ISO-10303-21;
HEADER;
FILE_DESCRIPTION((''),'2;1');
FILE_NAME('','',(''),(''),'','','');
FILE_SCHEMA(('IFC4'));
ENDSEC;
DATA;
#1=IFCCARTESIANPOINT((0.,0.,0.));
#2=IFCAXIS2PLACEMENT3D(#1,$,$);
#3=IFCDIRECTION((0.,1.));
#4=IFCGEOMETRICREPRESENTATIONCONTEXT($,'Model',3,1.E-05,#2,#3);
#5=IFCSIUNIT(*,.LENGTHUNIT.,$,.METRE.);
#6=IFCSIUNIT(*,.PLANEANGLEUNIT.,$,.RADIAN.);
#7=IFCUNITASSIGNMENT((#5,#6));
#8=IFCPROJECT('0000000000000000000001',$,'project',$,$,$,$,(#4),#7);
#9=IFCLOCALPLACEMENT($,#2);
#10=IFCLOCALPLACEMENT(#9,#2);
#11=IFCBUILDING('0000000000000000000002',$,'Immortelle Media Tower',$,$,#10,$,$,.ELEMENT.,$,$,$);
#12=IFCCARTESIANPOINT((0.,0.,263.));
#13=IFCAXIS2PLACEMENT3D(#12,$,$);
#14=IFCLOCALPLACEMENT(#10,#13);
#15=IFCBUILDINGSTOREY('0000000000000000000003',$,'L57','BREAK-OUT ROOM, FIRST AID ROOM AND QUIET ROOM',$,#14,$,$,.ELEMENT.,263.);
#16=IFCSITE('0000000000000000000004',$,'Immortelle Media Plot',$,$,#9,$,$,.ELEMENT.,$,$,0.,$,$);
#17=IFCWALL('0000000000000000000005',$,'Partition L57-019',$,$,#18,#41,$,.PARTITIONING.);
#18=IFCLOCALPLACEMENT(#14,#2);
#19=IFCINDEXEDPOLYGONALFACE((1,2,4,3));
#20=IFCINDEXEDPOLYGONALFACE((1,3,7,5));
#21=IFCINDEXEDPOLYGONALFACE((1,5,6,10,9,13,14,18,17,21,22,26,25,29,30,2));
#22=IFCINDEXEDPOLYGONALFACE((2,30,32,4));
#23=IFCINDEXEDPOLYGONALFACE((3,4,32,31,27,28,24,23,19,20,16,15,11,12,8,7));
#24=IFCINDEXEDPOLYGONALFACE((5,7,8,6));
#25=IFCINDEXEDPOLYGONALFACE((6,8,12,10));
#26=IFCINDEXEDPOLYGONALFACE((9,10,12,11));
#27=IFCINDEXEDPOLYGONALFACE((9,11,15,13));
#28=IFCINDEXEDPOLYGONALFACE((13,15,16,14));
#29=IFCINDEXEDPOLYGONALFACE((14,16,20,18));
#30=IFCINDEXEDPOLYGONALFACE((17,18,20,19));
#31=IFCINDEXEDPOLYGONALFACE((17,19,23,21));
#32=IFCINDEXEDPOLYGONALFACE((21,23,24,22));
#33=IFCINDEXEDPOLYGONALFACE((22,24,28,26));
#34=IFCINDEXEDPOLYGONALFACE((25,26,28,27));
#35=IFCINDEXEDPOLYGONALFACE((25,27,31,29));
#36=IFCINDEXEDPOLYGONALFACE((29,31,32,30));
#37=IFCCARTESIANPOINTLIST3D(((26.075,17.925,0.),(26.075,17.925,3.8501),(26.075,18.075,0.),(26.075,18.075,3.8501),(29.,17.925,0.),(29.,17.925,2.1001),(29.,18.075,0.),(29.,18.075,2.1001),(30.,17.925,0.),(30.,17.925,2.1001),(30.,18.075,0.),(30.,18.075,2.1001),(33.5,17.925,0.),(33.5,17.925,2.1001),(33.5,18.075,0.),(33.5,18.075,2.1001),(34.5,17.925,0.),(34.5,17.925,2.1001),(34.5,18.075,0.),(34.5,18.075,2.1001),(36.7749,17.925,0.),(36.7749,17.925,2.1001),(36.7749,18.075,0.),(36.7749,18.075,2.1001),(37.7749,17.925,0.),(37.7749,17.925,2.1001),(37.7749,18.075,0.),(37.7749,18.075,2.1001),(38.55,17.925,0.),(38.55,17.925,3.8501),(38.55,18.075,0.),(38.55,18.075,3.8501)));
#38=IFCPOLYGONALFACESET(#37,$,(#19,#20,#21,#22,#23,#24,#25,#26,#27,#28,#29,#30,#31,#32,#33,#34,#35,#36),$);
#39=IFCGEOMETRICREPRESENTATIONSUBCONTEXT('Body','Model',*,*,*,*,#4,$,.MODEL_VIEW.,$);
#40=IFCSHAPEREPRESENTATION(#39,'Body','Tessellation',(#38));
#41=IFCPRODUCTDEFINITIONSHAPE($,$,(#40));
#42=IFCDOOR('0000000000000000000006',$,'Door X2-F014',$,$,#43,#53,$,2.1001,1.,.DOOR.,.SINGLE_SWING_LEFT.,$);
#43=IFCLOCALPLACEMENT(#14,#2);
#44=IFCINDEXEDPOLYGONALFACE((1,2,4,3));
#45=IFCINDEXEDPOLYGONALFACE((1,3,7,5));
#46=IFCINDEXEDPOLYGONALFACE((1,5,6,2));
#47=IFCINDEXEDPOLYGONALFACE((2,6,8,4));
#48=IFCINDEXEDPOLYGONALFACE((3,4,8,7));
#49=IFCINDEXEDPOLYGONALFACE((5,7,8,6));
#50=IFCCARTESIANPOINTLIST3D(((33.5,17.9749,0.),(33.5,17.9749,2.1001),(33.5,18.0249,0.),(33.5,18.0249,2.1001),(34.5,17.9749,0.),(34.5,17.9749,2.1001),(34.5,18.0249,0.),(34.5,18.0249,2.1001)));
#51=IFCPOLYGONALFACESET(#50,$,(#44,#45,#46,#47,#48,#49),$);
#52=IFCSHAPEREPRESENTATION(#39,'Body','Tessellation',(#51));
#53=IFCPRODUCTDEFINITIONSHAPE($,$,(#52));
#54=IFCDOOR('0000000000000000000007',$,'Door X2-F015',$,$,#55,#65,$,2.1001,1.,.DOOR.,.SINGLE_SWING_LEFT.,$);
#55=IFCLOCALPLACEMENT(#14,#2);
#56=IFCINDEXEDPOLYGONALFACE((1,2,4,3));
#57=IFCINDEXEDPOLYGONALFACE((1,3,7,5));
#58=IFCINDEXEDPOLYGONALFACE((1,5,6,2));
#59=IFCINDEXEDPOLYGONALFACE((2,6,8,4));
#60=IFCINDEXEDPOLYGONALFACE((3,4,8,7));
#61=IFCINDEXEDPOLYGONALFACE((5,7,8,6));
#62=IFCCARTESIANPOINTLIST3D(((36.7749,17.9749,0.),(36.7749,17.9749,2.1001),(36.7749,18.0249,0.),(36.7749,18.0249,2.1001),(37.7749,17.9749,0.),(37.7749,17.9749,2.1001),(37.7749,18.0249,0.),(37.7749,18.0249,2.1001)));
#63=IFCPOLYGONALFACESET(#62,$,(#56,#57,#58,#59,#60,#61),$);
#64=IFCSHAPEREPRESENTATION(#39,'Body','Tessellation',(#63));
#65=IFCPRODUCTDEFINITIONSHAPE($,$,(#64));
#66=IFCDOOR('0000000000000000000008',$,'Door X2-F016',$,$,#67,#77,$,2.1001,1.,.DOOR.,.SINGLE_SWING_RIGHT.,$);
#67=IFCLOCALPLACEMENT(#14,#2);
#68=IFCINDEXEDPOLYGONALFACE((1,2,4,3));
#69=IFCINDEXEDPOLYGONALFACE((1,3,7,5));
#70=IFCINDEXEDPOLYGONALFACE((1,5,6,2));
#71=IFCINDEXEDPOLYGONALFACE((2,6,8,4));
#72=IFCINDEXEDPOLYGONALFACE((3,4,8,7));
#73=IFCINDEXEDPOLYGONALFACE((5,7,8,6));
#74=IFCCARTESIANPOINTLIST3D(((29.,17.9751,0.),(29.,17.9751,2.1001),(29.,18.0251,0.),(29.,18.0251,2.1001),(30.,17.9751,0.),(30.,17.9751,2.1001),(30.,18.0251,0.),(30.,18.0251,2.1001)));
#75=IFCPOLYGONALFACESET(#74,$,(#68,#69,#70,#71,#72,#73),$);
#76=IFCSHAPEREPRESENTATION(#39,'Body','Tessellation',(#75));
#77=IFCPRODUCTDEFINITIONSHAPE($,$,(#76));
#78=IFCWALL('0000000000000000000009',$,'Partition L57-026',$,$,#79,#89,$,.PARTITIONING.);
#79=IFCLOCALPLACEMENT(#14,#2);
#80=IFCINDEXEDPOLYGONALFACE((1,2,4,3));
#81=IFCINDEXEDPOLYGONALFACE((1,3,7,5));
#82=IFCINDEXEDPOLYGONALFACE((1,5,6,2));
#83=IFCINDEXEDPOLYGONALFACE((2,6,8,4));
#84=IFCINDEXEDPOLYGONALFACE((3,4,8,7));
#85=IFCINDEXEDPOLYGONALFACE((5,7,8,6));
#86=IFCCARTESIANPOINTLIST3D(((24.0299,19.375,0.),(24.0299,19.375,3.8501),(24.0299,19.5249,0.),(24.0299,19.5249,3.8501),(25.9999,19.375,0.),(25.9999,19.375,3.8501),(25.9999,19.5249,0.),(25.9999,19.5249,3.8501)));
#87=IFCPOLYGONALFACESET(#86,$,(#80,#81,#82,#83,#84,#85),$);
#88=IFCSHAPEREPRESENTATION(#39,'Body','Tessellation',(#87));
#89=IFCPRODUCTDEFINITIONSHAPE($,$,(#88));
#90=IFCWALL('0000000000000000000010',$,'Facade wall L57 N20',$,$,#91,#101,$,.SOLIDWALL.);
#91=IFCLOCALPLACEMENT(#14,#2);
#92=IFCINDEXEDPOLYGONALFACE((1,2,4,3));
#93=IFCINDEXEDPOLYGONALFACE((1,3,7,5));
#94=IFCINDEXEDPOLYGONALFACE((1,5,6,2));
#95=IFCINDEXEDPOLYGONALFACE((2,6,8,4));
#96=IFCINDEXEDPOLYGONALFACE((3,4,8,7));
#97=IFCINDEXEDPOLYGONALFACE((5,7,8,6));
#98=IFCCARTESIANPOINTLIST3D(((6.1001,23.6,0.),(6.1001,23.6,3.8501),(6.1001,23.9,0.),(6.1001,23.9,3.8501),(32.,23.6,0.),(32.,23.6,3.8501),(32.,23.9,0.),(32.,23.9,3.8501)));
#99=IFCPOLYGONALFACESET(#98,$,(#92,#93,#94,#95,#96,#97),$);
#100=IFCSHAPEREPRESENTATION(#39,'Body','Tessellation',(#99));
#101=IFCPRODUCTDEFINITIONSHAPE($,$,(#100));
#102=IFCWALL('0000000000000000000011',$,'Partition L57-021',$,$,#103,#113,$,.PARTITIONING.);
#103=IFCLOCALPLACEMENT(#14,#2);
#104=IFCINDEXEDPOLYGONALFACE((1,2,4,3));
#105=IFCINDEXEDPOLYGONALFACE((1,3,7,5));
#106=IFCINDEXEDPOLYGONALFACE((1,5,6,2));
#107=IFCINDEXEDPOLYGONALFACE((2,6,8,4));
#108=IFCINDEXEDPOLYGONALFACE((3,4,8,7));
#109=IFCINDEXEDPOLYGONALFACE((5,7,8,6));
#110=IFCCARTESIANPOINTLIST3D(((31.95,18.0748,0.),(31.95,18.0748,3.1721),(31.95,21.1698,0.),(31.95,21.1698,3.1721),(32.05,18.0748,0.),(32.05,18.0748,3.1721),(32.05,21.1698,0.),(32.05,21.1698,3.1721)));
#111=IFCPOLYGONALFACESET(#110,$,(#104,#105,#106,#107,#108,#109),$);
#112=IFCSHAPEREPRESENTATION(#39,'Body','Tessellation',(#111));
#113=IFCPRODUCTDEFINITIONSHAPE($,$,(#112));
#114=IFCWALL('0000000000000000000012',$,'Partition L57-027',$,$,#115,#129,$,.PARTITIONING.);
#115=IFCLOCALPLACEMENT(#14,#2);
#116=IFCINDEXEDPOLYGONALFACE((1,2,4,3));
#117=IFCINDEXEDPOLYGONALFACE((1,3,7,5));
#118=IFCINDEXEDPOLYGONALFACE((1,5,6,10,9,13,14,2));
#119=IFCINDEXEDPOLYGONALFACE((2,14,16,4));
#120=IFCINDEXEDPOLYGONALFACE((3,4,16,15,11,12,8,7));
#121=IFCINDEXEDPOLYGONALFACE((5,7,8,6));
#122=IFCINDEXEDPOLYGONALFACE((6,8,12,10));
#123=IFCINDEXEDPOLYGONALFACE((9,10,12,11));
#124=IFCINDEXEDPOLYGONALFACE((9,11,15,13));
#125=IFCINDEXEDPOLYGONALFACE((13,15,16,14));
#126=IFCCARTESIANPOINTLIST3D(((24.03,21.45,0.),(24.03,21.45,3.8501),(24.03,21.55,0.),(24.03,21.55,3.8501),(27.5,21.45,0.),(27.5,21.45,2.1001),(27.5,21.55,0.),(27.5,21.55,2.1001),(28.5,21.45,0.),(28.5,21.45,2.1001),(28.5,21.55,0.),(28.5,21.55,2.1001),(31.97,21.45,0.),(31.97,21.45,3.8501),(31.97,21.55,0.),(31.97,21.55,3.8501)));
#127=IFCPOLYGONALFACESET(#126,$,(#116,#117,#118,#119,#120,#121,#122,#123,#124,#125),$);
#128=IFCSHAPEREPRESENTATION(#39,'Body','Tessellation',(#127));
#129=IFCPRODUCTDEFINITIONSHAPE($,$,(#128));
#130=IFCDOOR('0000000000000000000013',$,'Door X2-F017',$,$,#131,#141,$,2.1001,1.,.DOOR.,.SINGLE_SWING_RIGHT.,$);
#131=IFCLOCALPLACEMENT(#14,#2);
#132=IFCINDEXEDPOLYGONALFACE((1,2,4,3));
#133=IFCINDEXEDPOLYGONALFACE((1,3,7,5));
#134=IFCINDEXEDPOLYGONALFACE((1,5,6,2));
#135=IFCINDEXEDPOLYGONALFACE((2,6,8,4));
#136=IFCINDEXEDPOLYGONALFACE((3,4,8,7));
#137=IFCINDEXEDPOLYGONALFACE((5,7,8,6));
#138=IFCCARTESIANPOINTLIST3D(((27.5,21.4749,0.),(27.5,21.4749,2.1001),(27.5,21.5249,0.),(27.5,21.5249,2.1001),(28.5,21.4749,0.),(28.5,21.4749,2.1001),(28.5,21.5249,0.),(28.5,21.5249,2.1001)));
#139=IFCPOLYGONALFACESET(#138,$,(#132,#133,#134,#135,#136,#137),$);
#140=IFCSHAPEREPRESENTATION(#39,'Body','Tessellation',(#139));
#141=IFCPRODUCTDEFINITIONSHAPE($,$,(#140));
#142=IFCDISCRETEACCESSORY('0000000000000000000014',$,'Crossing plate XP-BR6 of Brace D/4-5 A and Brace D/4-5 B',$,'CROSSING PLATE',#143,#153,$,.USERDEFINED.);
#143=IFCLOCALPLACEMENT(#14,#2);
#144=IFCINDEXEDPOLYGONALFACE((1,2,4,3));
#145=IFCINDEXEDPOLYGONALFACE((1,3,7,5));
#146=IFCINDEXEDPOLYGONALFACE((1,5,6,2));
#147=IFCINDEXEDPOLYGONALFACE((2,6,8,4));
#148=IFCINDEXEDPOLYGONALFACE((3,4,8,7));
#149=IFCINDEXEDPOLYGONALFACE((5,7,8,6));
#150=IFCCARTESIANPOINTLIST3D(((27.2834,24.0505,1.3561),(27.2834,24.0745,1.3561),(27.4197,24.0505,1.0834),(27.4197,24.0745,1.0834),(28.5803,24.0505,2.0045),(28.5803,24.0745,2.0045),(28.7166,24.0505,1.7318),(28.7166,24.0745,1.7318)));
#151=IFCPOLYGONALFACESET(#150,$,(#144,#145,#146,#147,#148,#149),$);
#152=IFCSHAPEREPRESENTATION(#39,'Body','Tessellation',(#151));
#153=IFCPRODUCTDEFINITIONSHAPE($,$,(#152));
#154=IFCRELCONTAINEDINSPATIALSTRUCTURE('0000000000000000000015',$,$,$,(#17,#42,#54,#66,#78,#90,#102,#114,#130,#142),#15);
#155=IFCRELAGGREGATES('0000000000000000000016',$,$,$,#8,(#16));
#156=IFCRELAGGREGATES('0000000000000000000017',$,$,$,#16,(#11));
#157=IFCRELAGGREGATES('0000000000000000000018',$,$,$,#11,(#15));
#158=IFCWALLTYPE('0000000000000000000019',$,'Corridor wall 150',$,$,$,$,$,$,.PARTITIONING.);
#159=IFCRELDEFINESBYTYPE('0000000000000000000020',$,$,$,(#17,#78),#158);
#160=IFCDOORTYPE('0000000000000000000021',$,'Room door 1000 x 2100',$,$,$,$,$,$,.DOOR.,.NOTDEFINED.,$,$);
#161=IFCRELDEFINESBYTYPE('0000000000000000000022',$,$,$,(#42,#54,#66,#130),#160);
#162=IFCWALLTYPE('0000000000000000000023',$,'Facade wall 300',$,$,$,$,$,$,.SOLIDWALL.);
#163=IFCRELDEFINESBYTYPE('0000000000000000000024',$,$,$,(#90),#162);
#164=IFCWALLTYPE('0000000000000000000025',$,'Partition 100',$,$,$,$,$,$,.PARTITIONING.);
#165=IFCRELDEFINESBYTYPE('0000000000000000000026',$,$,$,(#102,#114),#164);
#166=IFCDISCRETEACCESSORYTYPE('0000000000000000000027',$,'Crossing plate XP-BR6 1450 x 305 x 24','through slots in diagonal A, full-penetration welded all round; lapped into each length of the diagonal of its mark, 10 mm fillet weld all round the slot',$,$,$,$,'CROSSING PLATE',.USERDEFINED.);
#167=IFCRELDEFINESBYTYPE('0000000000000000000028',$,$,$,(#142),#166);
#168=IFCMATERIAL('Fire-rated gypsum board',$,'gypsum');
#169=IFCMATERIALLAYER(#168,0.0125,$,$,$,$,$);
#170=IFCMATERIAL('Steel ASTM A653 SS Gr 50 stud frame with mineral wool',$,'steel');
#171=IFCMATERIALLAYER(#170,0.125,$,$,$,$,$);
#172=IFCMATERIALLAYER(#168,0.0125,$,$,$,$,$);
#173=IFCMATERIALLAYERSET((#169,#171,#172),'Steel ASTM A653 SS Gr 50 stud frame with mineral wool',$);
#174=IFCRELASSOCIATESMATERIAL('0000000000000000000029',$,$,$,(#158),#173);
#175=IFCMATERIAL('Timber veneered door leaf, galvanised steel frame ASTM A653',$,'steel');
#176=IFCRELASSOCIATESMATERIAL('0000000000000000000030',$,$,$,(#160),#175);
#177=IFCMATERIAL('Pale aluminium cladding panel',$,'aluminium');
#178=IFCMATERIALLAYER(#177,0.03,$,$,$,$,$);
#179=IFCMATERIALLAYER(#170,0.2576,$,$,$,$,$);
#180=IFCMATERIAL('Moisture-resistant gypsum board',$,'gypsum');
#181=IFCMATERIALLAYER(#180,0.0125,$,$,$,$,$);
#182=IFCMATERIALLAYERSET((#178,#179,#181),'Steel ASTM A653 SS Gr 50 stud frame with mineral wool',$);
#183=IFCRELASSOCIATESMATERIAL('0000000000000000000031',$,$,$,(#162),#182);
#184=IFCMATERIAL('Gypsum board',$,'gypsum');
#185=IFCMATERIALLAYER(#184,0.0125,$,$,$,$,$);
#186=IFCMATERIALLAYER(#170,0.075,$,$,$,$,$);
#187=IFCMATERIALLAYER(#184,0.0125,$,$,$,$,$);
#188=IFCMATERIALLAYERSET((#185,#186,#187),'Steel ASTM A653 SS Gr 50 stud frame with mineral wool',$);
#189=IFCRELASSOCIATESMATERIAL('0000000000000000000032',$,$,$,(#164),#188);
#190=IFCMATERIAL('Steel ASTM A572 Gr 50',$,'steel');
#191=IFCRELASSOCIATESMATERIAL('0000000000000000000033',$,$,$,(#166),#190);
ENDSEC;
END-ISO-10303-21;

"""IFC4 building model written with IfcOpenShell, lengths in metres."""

from ifc_helpers import new_model, si_unit, direction, frame, frame_2d, origin, origin_2d, place, context, subcontext, project, spatial, rectangle, extrude, material, layer, layer_set, material_profile, profile_set, type_object, element, fill, save


model = new_model("IFC4")

# Units and contexts
model_context = context("Model", 3, precision=1e-05, world=origin(), true_north=direction((0.0, 1.0)))
body_context = subcontext(model_context, "Body", "Model", "MODEL_VIEW")
ifc_project = project(units=[si_unit("LENGTHUNIT", "METRE"), si_unit("PLANEANGLEUNIT", "RADIAN")], contexts=[model_context])

# Site, building, storey
site_placement = place(None, origin())
site = spatial("IfcSite", under=ifc_project, at=site_placement, Name="Immortelle Media Plot", CompositionType="ELEMENT", RefElevation=0.0)
building_placement = place(site_placement, origin())
building = spatial("IfcBuilding", under=site, at=building_placement, Name="Immortelle Media Tower", CompositionType="ELEMENT")
storey_placement = place(building_placement, frame((0.0, 0.0, 263.0)))
storey = spatial("IfcBuildingStorey", under=building, at=storey_placement, Name="L57", Description="BREAK-OUT ROOM, FIRST AID ROOM AND QUIET ROOM", CompositionType="ELEMENT", Elevation=263.0)

# Shared definitions
ifc_material_1 = material(Name="Fire-rated gypsum board", Category="gypsum")
ifc_material_2 = material(Name="Steel ASTM A653 SS Gr 50 stud frame with mineral wool", Category="steel")

# Wall, openings, doors
ifc_layer_1 = layer(ifc_material_1, 0.0125)
ifc_layer_2 = layer(ifc_material_2, 0.125)
ifc_layer_3 = layer(ifc_material_1, 0.0125)
ifc_layer_set_1 = layer_set([ifc_layer_1, ifc_layer_2, ifc_layer_3], Name="Steel ASTM A653 SS Gr 50 stud frame with mineral wool")
wall_type_1 = type_object("IfcWallType", Name="Corridor wall 150", PredefinedType="PARTITIONING", material=ifc_layer_set_1)
wall_1_placement = place(storey_placement, frame((26.075, 18.0, 0.0), z_axis=(0.0, 0.0, 1.0), x_axis=(1.0, 0.0, 0.0)))
wall_1 = element("IfcWall", 1, at=wall_1_placement, inside=storey, type_object=wall_type_1, Name="Partition L57-019", PredefinedType="PARTITIONING", context=body_context, shape_type="SweptSolid", body=[
    extrude(rectangle(XDim=12.4751, YDim=0.1499, at=frame_2d((6.2375, 0.0))), origin(), (0.0, 0.0, 1.0), 3.8501),
])
opening_1_placement = place(wall_1_placement, frame((7.425, 0.0, 0.0)))
opening_1 = element("IfcOpeningElement", 2, at=opening_1_placement, cuts=wall_1, PredefinedType="OPENING", context=body_context, shape_type="SweptSolid", body=[
    extrude(rectangle(XDim=1.0, YDim=2.1001, at=frame_2d((0.5, 1.05))), frame((0.0, 0.085, 0.0), z_axis=(0.0, -1.0, 0.0), x_axis=(1.0, 0.0, 0.0)), (0.0, 0.0, 1.0), 0.1699),
])
opening_2_placement = place(wall_1_placement, frame((10.7, 0.0, 0.0)))
opening_2 = element("IfcOpeningElement", 3, at=opening_2_placement, cuts=wall_1, PredefinedType="OPENING", context=body_context, shape_type="SweptSolid", body=[
    extrude(rectangle(XDim=1.0, YDim=2.1001, at=frame_2d((0.5, 1.05))), frame((0.0, 0.085, 0.0), z_axis=(0.0, -1.0, 0.0), x_axis=(1.0, 0.0, 0.0)), (0.0, 0.0, 1.0), 0.1699),
])
opening_3_placement = place(wall_1_placement, frame((3.925, 0.0, 0.0), z_axis=(0.0, 0.0, 1.0), x_axis=(-1.0, 0.0, 0.0)))
opening_3 = element("IfcOpeningElement", 4, at=opening_3_placement, cuts=wall_1, PredefinedType="OPENING", context=body_context, shape_type="SweptSolid", body=[
    extrude(rectangle(XDim=1.0, YDim=2.1001, at=frame_2d((0.5, 1.05))), frame((0.0, 0.085, 0.0), z_axis=(0.0, -1.0, 0.0), x_axis=(1.0, 0.0, 0.0)), (0.0, 0.0, 1.0), 0.1699),
])
ifc_material_3 = material(Name="Timber veneered door leaf, galvanised steel frame ASTM A653", Category="steel")
door_type = type_object("IfcDoorType", Name="Room door 1000 x 2100", OperationType="NOTDEFINED", PredefinedType="DOOR", material=ifc_material_3)
door_1_placement = place(opening_1_placement, origin())
door_1 = element("IfcDoor", 5, at=door_1_placement, inside=storey, type_object=door_type, Name="Door X2-F014", OperationType="SINGLE_SWING_LEFT", OverallHeight=2.1001, OverallWidth=1.0, PredefinedType="DOOR", context=body_context, shape_type="SweptSolid", body=[
    extrude(rectangle(XDim=1.0, YDim=2.1001, at=frame_2d((0.5, 1.05))), frame((0.0, 0.0249, 0.0), z_axis=(0.0, -1.0, 0.0), x_axis=(1.0, 0.0, 0.0)), (0.0, 0.0, 1.0), 0.05),
])
fill(opening_1, door_1)
door_2_placement = place(opening_2_placement, origin())
door_2 = element("IfcDoor", 6, at=door_2_placement, inside=storey, type_object=door_type, Name="Door X2-F015", OperationType="SINGLE_SWING_LEFT", OverallHeight=2.1001, OverallWidth=1.0, PredefinedType="DOOR", context=body_context, shape_type="SweptSolid", body=[
    extrude(rectangle(XDim=1.0, YDim=2.1001, at=frame_2d((0.5, 1.05))), frame((0.0, 0.0249, 0.0), z_axis=(0.0, -1.0, 0.0), x_axis=(1.0, 0.0, 0.0)), (0.0, 0.0, 1.0), 0.05),
])
fill(opening_2, door_2)
door_3_placement = place(opening_3_placement, origin())
door_3 = element("IfcDoor", 7, at=door_3_placement, inside=storey, type_object=door_type, Name="Door X2-F016", OperationType="SINGLE_SWING_RIGHT", OverallHeight=2.1001, OverallWidth=1.0, PredefinedType="DOOR", context=body_context, shape_type="SweptSolid", body=[
    extrude(rectangle(XDim=1.0, YDim=2.1001, at=frame_2d((0.5, 1.05))), frame((0.0, 0.0249, 0.0), z_axis=(0.0, -1.0, 0.0), x_axis=(1.0, 0.0, 0.0)), (0.0, 0.0, 1.0), 0.05),
])
fill(opening_3, door_3)

# Walls
wall_2_placement = place(storey_placement, frame((24.03, 19.45, 0.0), z_axis=(0.0, 0.0, 1.0), x_axis=(1.0, 0.0, 0.0)))
element("IfcWall", 8, at=wall_2_placement, inside=storey, type_object=wall_type_1, Name="Partition L57-026", PredefinedType="PARTITIONING", context=body_context, shape_type="SweptSolid", body=[
    extrude(rectangle(XDim=1.97, YDim=0.1499, at=frame_2d((0.9849, 0.0))), origin(), (0.0, 0.0, 1.0), 3.8501),
])
ifc_material_4 = material(Name="Pale aluminium cladding panel", Category="aluminium")
ifc_layer_4 = layer(ifc_material_4, 0.03)
ifc_layer_5 = layer(ifc_material_2, 0.2576)
ifc_material_5 = material(Name="Moisture-resistant gypsum board", Category="gypsum")
ifc_layer_6 = layer(ifc_material_5, 0.0125)
ifc_layer_set_2 = layer_set([ifc_layer_4, ifc_layer_5, ifc_layer_6], Name="Steel ASTM A653 SS Gr 50 stud frame with mineral wool")
wall_type_2 = type_object("IfcWallType", Name="Facade wall 300", PredefinedType="SOLIDWALL", material=ifc_layer_set_2)
wall_3_placement = place(storey_placement, frame((32.0, 23.75, 0.0), z_axis=(0.0, 0.0, 1.0), x_axis=(-1.0, 0.0, 0.0)))
element("IfcWall", 9, at=wall_3_placement, inside=storey, type_object=wall_type_2, Name="Facade wall L57 N20", PredefinedType="SOLIDWALL", context=body_context, shape_type="SweptSolid", body=[
    extrude(rectangle(XDim=25.8999, YDim=0.3, at=frame_2d((12.95, 0.0))), origin(), (0.0, 0.0, 1.0), 3.8501),
])
ifc_material_6 = material(Name="Gypsum board", Category="gypsum")
ifc_layer_7 = layer(ifc_material_6, 0.0125)
ifc_layer_8 = layer(ifc_material_2, 0.075)
ifc_layer_9 = layer(ifc_material_6, 0.0125)
ifc_layer_set_3 = layer_set([ifc_layer_7, ifc_layer_8, ifc_layer_9], Name="Steel ASTM A653 SS Gr 50 stud frame with mineral wool")
wall_type_3 = type_object("IfcWallType", Name="Partition 100", PredefinedType="PARTITIONING", material=ifc_layer_set_3)
wall_4_placement = place(storey_placement, frame((32.0, 18.075, 0.0), z_axis=(0.0, 0.0, 1.0), x_axis=(0.0, 1.0, 0.0)))
element("IfcWall", 10, at=wall_4_placement, inside=storey, type_object=wall_type_3, Name="Partition L57-021", PredefinedType="PARTITIONING", context=body_context, shape_type="SweptSolid", body=[
    extrude(rectangle(XDim=3.095, YDim=0.1001, at=frame_2d((1.5474, 0.0))), origin(), (0.0, 0.0, 1.0), 3.1721),
])

# Wall, opening, door
wall_5_placement = place(storey_placement, frame((24.03, 21.5, 0.0), z_axis=(0.0, 0.0, 1.0), x_axis=(1.0, 0.0, 0.0)))
wall_5 = element("IfcWall", 11, at=wall_5_placement, inside=storey, type_object=wall_type_3, Name="Partition L57-027", PredefinedType="PARTITIONING", context=body_context, shape_type="SweptSolid", body=[
    extrude(rectangle(XDim=7.9399, YDim=0.1001, at=frame_2d((3.97, 0.0))), origin(), (0.0, 0.0, 1.0), 3.8501),
])
opening_4_placement = place(wall_5_placement, frame((3.47, 0.0, 0.0)))
opening_4 = element("IfcOpeningElement", 12, at=opening_4_placement, cuts=wall_5, PredefinedType="OPENING", context=body_context, shape_type="SweptSolid", body=[
    extrude(rectangle(XDim=1.0, YDim=2.1001, at=frame_2d((0.5, 1.05))), frame((0.0, 0.0601, 0.0), z_axis=(0.0, -1.0, 0.0), x_axis=(1.0, 0.0, 0.0)), (0.0, 0.0, 1.0), 0.1201),
])
door_4_placement = place(opening_4_placement, origin())
door_4 = element("IfcDoor", 13, at=door_4_placement, inside=storey, type_object=door_type, Name="Door X2-F017", OperationType="SINGLE_SWING_RIGHT", OverallHeight=2.1001, OverallWidth=1.0, PredefinedType="DOOR", context=body_context, shape_type="SweptSolid", body=[
    extrude(rectangle(XDim=1.0, YDim=2.1001, at=frame_2d((0.5, 1.05))), frame((0.0, 0.0249, 0.0), z_axis=(0.0, -1.0, 0.0), x_axis=(1.0, 0.0, 0.0)), (0.0, 0.0, 1.0), 0.05),
])
fill(opening_4, door_4)

# Discrete accessory
ifc_material_7 = material(Name="Steel ASTM A572 Gr 50", Category="steel")
ifc_material_profile_1 = material_profile(ifc_material_7, rectangle(XDim=0.0239, YDim=0.3049, at=origin_2d()), Name="PL 24 x 305")
ifc_profile_set_1 = profile_set([ifc_material_profile_1], Name="Steel ASTM A572 Gr 50")
discrete_accessory_type_1 = type_object("IfcDiscreteAccessoryType", Name="Crossing plate XP-BR6 1450 x 305 x 24", Description="through slots in diagonal A, full-penetration welded all round; lapped into each length of the diagonal of its mark, 10 mm fillet weld all round the slot", ElementType="CROSSING PLATE", PredefinedType="USERDEFINED", material=ifc_profile_set_1)
discrete_accessory_placement = place(storey_placement, frame((28.6484, 24.0625, 1.8682), z_axis=(-0.894427, 0.0, -0.447214), x_axis=(0.0, -1.0, 0.0)))
element("IfcDiscreteAccessory", 14, at=discrete_accessory_placement, inside=storey, type_object=discrete_accessory_type_1, Name="Crossing plate XP-BR6 of Brace D/4-5 A and Brace D/4-5 B", ObjectType="CROSSING PLATE", PredefinedType="USERDEFINED", context=body_context, shape_type="SweptSolid", body=[
    extrude(rectangle(XDim=0.0239, YDim=0.3049, at=origin_2d()), origin(), (0.0, 0.0, 1.0), 1.45),
])

save(model, "model.ifc")
